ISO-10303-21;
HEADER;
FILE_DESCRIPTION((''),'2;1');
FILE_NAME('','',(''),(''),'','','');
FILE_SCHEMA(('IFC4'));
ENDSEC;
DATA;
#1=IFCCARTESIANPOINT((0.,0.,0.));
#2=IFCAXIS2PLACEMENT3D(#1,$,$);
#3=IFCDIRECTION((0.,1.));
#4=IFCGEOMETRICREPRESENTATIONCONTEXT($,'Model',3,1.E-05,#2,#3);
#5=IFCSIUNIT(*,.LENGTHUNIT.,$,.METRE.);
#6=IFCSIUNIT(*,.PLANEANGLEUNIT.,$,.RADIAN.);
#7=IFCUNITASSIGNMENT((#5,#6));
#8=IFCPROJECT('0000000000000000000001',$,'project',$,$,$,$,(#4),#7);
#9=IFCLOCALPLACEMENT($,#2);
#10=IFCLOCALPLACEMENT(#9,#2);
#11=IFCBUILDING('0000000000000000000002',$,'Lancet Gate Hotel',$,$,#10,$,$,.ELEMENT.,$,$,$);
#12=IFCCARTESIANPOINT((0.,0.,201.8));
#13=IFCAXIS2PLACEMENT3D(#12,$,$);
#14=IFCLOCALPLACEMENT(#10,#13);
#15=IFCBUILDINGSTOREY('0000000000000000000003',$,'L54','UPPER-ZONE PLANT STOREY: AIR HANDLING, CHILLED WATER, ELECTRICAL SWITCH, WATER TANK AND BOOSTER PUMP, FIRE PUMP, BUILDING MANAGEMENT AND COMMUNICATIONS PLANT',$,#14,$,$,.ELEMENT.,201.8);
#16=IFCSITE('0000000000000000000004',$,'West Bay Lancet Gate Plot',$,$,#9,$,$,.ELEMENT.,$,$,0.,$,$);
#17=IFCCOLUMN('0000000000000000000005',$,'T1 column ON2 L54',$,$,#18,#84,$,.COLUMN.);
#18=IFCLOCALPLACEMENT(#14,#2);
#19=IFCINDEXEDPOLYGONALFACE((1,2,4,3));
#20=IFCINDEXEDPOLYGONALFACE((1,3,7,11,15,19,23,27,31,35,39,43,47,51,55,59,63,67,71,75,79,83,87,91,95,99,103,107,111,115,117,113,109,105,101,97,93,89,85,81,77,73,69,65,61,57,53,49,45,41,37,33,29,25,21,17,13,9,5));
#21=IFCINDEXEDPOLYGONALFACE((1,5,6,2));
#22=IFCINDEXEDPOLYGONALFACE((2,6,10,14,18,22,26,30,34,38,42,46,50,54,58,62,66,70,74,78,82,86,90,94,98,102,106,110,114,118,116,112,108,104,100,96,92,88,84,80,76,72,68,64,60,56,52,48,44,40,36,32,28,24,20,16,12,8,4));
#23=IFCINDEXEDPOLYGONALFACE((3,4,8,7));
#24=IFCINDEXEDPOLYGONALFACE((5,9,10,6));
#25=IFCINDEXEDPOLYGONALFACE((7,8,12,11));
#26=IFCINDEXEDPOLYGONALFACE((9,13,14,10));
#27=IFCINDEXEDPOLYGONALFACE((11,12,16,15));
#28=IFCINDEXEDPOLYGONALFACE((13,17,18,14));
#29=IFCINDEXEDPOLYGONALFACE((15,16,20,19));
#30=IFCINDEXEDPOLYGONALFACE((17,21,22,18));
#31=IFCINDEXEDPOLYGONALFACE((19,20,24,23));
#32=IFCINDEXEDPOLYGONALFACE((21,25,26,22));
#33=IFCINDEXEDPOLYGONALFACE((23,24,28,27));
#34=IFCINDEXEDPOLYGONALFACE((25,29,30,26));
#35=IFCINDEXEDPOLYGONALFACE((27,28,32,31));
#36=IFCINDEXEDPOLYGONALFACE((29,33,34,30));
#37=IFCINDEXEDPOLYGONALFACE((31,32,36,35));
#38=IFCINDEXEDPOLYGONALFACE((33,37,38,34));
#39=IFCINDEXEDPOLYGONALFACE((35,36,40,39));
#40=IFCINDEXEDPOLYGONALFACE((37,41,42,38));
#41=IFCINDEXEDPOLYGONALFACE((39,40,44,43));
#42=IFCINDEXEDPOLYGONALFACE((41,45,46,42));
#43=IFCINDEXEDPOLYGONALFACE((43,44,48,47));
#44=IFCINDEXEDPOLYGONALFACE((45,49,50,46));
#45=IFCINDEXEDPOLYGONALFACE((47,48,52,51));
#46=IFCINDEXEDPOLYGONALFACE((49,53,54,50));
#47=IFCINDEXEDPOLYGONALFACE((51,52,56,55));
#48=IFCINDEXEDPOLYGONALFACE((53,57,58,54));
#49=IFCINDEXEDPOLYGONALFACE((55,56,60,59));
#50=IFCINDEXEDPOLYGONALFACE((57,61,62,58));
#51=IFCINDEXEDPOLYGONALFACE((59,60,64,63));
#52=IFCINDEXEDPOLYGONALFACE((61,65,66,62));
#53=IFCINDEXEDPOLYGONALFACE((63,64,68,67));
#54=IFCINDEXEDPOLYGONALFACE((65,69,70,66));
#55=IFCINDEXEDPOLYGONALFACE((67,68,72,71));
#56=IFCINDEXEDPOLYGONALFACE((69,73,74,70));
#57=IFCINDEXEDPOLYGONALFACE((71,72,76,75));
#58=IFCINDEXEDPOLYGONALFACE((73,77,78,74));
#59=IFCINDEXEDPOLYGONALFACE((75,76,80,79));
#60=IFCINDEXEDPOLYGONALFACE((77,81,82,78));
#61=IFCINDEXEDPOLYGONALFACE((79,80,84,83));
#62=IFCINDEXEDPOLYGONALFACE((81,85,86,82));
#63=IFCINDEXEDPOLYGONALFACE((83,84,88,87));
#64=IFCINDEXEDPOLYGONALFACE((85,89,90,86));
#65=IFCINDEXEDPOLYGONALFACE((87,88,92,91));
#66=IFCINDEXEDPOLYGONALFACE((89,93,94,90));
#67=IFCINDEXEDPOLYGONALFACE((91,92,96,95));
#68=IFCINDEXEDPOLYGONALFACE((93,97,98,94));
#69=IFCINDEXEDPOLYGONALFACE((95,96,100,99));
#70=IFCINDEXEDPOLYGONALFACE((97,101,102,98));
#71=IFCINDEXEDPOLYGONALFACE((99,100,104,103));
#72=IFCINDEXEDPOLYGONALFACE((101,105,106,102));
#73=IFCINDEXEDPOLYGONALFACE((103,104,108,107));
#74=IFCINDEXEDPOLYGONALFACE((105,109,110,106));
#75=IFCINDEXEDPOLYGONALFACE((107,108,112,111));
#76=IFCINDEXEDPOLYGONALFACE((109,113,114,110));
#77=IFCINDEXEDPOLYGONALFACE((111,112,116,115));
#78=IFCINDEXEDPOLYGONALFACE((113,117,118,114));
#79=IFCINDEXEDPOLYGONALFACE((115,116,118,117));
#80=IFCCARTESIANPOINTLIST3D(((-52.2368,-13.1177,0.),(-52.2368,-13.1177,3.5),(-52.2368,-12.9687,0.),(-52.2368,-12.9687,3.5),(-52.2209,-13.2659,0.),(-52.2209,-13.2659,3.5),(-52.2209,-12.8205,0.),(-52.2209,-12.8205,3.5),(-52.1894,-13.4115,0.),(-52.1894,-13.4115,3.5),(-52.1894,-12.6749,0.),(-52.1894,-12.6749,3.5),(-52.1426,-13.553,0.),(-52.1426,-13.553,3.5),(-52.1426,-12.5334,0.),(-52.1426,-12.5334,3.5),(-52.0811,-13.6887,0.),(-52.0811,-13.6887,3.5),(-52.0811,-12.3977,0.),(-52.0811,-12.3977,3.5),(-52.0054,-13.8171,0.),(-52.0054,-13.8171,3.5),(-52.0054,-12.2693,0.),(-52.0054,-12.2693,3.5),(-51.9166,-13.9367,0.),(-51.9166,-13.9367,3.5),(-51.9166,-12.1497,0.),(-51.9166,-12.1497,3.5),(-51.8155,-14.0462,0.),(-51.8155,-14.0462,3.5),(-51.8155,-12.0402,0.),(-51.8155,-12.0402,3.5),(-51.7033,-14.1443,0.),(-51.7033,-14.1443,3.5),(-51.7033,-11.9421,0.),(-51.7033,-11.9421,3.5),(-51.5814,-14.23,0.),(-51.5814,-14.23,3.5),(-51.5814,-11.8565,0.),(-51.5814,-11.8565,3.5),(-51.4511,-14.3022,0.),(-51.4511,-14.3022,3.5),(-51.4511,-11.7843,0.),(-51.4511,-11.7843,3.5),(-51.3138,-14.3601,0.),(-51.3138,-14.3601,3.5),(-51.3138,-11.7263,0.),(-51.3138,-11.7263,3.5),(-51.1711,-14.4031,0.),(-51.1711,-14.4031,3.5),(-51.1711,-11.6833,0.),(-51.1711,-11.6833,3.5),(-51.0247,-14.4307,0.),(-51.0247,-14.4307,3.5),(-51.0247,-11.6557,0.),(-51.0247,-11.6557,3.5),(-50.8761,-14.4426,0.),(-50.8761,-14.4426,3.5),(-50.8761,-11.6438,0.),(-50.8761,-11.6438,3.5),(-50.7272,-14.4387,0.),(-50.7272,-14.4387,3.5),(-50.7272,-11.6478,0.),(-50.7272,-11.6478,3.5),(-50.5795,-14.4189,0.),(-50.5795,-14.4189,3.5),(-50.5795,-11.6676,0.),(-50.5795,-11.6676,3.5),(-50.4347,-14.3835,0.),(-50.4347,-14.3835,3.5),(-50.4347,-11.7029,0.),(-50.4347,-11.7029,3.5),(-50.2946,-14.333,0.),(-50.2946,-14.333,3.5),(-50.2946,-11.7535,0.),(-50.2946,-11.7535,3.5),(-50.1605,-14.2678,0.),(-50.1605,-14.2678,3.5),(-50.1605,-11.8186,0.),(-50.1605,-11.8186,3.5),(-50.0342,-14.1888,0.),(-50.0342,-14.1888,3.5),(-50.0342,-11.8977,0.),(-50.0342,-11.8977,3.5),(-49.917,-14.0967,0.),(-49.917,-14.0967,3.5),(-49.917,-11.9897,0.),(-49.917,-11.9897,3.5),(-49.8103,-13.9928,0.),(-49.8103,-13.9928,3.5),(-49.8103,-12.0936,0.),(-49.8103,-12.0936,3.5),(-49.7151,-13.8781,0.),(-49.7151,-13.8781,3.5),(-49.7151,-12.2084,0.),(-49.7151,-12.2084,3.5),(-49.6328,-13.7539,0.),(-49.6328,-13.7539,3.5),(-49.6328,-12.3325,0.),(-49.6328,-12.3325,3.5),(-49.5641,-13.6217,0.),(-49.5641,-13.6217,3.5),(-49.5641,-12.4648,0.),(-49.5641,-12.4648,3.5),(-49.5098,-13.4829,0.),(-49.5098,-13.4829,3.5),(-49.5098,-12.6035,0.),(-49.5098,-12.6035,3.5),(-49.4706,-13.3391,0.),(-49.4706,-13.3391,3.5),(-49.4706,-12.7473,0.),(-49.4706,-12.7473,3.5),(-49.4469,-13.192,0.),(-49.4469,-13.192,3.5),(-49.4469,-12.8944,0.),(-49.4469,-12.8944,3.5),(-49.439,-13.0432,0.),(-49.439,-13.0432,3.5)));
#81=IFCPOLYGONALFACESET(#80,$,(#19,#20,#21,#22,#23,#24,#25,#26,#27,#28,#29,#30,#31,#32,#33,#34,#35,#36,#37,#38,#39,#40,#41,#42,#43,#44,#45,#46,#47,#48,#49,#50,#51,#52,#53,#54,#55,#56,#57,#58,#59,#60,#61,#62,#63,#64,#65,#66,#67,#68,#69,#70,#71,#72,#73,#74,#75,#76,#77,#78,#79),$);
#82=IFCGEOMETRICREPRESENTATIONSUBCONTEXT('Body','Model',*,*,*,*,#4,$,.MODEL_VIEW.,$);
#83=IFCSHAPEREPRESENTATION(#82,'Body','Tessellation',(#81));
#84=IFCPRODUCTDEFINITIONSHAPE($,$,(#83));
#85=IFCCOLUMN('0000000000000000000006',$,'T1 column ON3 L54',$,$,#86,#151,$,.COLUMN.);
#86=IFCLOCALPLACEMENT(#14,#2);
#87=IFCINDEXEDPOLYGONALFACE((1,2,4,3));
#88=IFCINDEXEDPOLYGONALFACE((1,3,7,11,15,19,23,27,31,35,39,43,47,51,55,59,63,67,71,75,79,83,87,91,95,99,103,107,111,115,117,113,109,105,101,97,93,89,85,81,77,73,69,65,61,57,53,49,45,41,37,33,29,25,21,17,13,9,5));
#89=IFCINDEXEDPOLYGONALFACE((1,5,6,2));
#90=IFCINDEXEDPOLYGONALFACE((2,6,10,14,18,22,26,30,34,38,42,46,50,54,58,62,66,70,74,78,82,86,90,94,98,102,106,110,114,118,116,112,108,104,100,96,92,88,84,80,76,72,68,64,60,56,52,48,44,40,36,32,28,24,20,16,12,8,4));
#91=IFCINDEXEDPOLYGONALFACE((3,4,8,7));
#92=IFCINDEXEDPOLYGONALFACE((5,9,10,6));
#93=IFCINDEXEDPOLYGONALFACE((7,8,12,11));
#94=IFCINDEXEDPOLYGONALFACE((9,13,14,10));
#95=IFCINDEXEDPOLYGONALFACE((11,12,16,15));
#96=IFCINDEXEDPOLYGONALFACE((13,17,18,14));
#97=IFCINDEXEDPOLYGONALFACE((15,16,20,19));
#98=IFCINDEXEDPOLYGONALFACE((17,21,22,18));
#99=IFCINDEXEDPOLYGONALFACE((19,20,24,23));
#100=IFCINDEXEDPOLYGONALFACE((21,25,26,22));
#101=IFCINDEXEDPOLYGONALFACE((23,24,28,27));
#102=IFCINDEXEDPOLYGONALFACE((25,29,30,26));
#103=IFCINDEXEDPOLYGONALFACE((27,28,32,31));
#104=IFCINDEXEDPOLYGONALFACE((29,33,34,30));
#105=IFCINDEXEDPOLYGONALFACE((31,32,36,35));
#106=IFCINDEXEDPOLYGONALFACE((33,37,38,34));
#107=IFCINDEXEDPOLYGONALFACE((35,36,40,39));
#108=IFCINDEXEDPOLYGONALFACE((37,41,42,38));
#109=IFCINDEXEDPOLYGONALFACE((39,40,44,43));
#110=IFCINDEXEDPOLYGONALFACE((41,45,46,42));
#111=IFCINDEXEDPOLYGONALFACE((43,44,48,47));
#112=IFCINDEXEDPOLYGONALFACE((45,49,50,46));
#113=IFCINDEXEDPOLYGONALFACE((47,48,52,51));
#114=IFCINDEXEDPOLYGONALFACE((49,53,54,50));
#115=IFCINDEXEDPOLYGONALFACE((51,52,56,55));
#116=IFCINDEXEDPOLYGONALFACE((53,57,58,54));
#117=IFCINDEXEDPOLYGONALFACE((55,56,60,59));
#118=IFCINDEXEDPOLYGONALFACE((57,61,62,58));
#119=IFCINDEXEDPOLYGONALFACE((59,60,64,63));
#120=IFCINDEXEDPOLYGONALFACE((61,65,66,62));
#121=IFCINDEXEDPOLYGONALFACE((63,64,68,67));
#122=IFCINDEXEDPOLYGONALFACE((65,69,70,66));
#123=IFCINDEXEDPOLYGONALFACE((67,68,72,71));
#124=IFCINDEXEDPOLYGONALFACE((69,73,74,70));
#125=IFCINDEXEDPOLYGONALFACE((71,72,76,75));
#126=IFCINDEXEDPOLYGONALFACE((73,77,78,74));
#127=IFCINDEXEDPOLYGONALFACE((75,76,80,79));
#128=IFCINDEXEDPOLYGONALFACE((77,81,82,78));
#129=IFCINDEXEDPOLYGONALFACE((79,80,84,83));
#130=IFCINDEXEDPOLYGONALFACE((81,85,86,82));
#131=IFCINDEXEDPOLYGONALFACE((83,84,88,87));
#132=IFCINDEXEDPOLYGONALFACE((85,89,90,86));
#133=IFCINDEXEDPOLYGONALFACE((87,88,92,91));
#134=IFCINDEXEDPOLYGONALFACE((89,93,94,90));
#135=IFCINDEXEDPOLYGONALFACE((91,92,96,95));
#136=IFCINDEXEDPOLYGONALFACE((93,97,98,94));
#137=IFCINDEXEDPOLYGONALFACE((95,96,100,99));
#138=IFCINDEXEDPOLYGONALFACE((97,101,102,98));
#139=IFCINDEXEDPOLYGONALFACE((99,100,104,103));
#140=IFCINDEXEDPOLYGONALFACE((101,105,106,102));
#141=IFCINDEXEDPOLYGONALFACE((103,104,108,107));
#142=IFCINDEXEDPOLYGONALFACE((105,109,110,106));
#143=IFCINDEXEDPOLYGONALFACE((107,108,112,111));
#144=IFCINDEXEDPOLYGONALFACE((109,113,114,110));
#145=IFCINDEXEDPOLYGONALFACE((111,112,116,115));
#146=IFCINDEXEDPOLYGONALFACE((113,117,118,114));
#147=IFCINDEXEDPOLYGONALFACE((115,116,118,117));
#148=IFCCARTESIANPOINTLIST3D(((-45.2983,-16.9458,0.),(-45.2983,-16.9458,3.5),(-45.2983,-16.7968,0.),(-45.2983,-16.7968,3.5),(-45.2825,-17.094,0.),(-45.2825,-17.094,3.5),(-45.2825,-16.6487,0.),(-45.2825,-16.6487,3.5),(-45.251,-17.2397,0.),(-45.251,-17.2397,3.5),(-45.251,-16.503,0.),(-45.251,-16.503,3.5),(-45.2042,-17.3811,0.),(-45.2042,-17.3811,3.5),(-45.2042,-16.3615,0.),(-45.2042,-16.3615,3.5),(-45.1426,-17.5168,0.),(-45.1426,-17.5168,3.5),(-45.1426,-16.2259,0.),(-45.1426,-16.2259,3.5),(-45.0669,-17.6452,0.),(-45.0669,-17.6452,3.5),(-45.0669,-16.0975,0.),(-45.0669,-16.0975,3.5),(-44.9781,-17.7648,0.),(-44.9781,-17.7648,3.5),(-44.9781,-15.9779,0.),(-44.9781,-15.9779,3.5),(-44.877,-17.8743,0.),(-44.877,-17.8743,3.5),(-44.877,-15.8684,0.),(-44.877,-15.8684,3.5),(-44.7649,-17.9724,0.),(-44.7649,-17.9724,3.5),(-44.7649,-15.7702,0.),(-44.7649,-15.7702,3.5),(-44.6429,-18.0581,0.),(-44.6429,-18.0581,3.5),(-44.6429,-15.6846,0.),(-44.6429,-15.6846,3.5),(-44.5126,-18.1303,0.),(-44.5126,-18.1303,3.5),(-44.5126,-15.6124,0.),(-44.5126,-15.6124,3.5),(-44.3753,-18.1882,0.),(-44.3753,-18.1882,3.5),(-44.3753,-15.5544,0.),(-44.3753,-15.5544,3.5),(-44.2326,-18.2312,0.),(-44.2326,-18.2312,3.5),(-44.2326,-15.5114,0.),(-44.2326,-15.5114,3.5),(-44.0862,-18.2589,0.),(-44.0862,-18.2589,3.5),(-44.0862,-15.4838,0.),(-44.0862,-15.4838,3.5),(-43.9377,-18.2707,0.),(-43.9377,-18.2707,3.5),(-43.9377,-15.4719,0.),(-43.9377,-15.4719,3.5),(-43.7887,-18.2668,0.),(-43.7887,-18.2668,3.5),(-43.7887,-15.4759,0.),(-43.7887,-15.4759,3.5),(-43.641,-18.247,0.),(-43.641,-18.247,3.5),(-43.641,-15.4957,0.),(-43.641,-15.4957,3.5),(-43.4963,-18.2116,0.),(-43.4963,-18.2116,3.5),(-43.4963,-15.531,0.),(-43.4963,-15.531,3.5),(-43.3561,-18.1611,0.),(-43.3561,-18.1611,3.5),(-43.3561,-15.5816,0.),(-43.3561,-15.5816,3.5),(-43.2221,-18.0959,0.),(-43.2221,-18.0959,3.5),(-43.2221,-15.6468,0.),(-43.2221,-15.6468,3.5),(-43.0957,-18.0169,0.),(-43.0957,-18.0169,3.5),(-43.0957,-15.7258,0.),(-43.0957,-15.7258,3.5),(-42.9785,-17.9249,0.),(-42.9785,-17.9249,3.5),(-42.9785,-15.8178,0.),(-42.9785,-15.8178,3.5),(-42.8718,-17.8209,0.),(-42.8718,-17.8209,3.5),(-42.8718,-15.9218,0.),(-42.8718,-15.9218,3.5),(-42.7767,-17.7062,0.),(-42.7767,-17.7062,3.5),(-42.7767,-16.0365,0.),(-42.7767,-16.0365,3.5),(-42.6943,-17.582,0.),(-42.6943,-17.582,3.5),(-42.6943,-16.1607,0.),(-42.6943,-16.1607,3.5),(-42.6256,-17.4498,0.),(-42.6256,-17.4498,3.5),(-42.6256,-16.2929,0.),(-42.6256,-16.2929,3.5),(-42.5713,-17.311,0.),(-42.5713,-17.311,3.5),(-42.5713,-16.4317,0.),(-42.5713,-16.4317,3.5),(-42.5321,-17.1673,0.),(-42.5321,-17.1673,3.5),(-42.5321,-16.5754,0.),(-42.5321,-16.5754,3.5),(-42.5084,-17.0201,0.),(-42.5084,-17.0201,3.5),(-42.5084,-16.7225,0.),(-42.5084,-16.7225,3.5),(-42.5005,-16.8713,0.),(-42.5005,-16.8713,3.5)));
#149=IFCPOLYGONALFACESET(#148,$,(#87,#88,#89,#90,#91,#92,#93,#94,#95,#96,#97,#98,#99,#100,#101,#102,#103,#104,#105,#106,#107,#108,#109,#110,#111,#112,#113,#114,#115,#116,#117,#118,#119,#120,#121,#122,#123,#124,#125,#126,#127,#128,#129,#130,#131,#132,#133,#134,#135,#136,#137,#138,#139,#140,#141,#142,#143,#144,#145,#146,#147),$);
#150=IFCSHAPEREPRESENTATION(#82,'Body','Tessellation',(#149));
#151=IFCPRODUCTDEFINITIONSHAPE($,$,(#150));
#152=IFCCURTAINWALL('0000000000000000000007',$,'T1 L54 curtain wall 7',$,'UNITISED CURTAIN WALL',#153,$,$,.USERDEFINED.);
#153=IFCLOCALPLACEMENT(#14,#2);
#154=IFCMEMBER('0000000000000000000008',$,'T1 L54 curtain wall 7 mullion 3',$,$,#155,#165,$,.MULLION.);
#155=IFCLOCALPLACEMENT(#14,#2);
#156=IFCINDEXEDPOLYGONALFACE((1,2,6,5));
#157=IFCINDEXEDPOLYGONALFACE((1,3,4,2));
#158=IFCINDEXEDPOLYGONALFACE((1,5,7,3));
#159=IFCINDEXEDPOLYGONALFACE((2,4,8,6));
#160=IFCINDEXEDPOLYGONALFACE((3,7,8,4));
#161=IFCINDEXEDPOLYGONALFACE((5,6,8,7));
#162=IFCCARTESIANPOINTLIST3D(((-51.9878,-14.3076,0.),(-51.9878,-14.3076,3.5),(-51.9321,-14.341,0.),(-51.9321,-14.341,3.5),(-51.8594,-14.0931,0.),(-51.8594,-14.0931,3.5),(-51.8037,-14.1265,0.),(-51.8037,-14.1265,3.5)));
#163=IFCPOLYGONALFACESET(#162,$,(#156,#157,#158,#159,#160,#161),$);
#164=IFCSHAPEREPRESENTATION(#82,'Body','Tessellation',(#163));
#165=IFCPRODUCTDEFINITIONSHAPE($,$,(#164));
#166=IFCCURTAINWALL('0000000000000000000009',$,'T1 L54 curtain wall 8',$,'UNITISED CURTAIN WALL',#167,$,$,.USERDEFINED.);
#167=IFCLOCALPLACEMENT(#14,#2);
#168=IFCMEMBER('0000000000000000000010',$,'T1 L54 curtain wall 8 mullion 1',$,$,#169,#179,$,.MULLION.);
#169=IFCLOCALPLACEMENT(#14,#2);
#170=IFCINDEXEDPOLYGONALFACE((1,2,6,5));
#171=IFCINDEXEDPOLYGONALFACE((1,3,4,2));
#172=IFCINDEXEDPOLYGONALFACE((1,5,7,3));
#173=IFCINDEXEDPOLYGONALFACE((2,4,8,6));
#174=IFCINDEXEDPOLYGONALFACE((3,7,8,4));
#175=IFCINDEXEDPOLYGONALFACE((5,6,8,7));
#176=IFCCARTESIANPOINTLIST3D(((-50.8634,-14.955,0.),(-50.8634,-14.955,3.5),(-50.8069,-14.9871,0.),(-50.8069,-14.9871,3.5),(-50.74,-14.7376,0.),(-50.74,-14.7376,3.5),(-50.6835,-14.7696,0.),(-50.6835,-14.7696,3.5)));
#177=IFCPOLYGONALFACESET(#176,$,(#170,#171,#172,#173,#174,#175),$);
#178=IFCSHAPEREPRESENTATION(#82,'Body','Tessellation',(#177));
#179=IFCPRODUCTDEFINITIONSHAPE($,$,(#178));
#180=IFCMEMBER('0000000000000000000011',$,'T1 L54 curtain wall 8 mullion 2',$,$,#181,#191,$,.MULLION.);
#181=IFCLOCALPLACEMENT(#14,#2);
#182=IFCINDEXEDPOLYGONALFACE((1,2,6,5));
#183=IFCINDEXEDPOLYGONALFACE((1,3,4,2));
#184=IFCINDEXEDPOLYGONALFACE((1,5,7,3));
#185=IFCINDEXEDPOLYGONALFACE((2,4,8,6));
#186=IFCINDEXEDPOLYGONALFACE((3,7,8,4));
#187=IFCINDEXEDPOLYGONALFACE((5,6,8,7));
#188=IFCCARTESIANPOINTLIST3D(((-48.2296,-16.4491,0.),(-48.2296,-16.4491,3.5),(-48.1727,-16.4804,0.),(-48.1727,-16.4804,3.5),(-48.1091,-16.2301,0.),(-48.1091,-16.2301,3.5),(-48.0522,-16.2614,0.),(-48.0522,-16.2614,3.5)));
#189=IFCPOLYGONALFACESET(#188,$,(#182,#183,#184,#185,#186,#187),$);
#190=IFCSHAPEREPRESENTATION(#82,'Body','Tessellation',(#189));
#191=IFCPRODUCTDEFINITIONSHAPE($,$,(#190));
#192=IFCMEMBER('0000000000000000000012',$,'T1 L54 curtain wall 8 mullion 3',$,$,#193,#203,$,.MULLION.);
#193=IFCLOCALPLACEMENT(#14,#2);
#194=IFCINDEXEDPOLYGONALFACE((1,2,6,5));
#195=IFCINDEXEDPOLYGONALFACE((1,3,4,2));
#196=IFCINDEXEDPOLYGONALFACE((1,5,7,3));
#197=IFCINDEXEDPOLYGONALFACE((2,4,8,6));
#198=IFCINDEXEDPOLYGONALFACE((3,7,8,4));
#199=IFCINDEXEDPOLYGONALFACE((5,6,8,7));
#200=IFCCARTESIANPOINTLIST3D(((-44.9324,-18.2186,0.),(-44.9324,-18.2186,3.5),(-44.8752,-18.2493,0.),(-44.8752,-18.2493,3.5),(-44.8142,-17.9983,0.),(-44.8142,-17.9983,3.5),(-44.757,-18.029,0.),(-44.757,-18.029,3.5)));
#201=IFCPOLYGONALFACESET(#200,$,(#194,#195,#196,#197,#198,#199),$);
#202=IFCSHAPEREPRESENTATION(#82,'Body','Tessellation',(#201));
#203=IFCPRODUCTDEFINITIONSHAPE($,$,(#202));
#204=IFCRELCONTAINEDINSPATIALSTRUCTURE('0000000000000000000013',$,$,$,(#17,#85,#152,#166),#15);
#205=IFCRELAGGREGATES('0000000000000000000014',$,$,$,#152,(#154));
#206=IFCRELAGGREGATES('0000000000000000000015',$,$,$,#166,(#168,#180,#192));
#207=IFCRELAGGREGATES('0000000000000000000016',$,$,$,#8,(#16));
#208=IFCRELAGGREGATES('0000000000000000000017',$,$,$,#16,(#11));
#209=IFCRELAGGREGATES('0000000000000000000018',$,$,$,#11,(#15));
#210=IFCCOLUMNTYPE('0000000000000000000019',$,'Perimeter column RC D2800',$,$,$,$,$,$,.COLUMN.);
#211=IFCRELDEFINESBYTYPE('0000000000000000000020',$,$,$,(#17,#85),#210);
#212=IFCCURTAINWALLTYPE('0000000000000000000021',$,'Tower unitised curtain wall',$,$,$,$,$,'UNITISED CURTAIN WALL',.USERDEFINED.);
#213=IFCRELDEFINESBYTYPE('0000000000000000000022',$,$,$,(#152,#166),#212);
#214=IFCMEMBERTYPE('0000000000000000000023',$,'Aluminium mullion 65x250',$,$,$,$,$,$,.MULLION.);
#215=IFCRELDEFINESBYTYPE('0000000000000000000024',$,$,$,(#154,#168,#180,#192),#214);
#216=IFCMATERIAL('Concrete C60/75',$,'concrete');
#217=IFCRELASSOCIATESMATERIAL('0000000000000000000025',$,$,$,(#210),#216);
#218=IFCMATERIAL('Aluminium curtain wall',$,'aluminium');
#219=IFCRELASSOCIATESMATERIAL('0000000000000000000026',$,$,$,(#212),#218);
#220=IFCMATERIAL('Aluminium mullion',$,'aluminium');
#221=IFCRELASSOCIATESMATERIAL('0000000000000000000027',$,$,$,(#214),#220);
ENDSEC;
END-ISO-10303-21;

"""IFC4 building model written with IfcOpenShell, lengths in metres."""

from ifc_helpers import new_model, si_unit, direction, frame, origin, origin_2d, place, context, subcontext, project, spatial, rectangle, circle, extrude, material, material_profile, profile_set, type_object, element, aggregate, save


model = new_model("IFC4")

# Units and contexts
model_context = context("Model", 3, precision=1e-05, world=origin(), true_north=direction((0.0, 1.0)))
body_context = subcontext(model_context, "Body", "Model", "MODEL_VIEW")
ifc_project = project(units=[si_unit("LENGTHUNIT", "METRE"), si_unit("PLANEANGLEUNIT", "RADIAN")], contexts=[model_context])

# Site, building, storey
site_placement = place(None, origin())
site = spatial("IfcSite", under=ifc_project, at=site_placement, Name="West Bay Lancet Gate Plot", CompositionType="ELEMENT", RefElevation=0.0)
building_placement = place(site_placement, origin())
building = spatial("IfcBuilding", under=site, at=building_placement, Name="Lancet Gate Hotel", CompositionType="ELEMENT")
storey_placement = place(building_placement, frame((0.0, 0.0, 201.8)))
storey = spatial("IfcBuildingStorey", under=building, at=storey_placement, Name="L54", Description="UPPER-ZONE PLANT STOREY: AIR HANDLING, CHILLED WATER, ELECTRICAL SWITCH, WATER TANK AND BOOSTER PUMP, FIRE PUMP, BUILDING MANAGEMENT AND COMMUNICATIONS PLANT", CompositionType="ELEMENT", Elevation=201.8)

# Columns
ifc_material_1 = material(Name="Concrete C60/75", Category="concrete")
ifc_material_profile_1 = material_profile(ifc_material_1, circle(Radius=1.3999, at=origin_2d()), Name="RC D2800")
ifc_profile_set_1 = profile_set([ifc_material_profile_1], Name="Concrete C60/75")
column_type = type_object("IfcColumnType", Name="Perimeter column RC D2800", PredefinedType="COLUMN", material=ifc_profile_set_1)
for number, where, z_axis, x_axis, name in (
    (1, (-50.8389, -13.0432, 0.0), (0.0, 0.0, 1.0), (1.0, 0.0, 0.0), "T1 column ON2 L54"),
    (2, (-43.9004, -16.8713, 0.0), (0.0, 0.0, 1.0), (1.0, 0.0, 0.0), "T1 column ON3 L54"),
):
    element("IfcColumn", number, at=place(storey_placement, frame(where, z_axis=z_axis, x_axis=x_axis)), inside=storey, type_object=column_type, Name=name, PredefinedType="COLUMN", context=body_context, shape_type="SweptSolid", body=[
        extrude(circle(Radius=1.3999, at=origin_2d()), origin(), (0.0, 0.0, 1.0), 3.5),
    ])

# Curtain wall, member
ifc_material_2 = material(Name="Aluminium curtain wall", Category="aluminium")
curtain_wall_type = type_object("IfcCurtainWallType", Name="Tower unitised curtain wall", ElementType="UNITISED CURTAIN WALL", PredefinedType="USERDEFINED", material=ifc_material_2)
curtain_wall_1_placement = place(storey_placement, origin())
curtain_wall_1 = element("IfcCurtainWall", 3, at=curtain_wall_1_placement, inside=storey, type_object=curtain_wall_type, Name="T1 L54 curtain wall 7", ObjectType="UNITISED CURTAIN WALL", PredefinedType="USERDEFINED")
ifc_material_3 = material(Name="Aluminium mullion", Category="aluminium")
ifc_material_profile_2 = material_profile(ifc_material_3, rectangle(XDim=0.0649, YDim=0.25, at=origin_2d()), Name="MULLION 65x250")
ifc_profile_set_2 = profile_set([ifc_material_profile_2], Name="Aluminium mullion")
member_type_1 = type_object("IfcMemberType", Name="Aluminium mullion 65x250", PredefinedType="MULLION", material=ifc_profile_set_2)
member_1_placement = place(storey_placement, frame((-51.8958, -14.217, 0.0), z_axis=(0.0, 0.0, 1.0), x_axis=(0.857987, -0.513672, 0.0)))
member_1 = element("IfcMember", 4, at=member_1_placement, type_object=member_type_1, Name="T1 L54 curtain wall 7 mullion 3", PredefinedType="MULLION", context=body_context, shape_type="SweptSolid", body=[
    extrude(rectangle(XDim=0.0649, YDim=0.25, at=origin_2d()), origin(), (0.0, 0.0, 1.0), 3.5),
])
aggregate(curtain_wall_1, [member_1])

# Curtain wall, members
curtain_wall_2_placement = place(storey_placement, origin())
curtain_wall_2 = element("IfcCurtainWall", 5, at=curtain_wall_2_placement, inside=storey, type_object=curtain_wall_type, Name="T1 L54 curtain wall 8", ObjectType="UNITISED CURTAIN WALL", PredefinedType="USERDEFINED")
member_2_placement = place(storey_placement, frame((-50.7734, -14.8623, 0.0), z_axis=(0.0, 0.0, 1.0), x_axis=(0.869831, -0.493349, 0.0)))
member_2 = element("IfcMember", 6, at=member_2_placement, type_object=member_type_1, Name="T1 L54 curtain wall 8 mullion 1", PredefinedType="MULLION", context=body_context, shape_type="SweptSolid", body=[
    extrude(rectangle(XDim=0.0649, YDim=0.25, at=origin_2d()), origin(), (0.0, 0.0, 1.0), 3.5),
])
member_3_placement = place(storey_placement, frame((-48.1409, -16.3552, 0.0), z_axis=(0.0, 0.0, 1.0), x_axis=(0.876173, -0.481997, 0.0)))
member_3 = element("IfcMember", 7, at=member_3_placement, type_object=member_type_1, Name="T1 L54 curtain wall 8 mullion 2", PredefinedType="MULLION", context=body_context, shape_type="SweptSolid", body=[
    extrude(rectangle(XDim=0.0649, YDim=0.25, at=origin_2d()), origin(), (0.0, 0.0, 1.0), 3.5),
])
member_4_placement = place(storey_placement, frame((-44.8447, -18.1238, 0.0), z_axis=(0.0, 0.0, 1.0), x_axis=(0.881195, -0.472753, 0.0)))
member_4 = element("IfcMember", 8, at=member_4_placement, type_object=member_type_1, Name="T1 L54 curtain wall 8 mullion 3", PredefinedType="MULLION", context=body_context, shape_type="SweptSolid", body=[
    extrude(rectangle(XDim=0.0649, YDim=0.25, at=origin_2d()), origin(), (0.0, 0.0, 1.0), 3.5),
])

aggregate(curtain_wall_2, [member_2, member_3, member_4])

save(model, "model.ifc")
